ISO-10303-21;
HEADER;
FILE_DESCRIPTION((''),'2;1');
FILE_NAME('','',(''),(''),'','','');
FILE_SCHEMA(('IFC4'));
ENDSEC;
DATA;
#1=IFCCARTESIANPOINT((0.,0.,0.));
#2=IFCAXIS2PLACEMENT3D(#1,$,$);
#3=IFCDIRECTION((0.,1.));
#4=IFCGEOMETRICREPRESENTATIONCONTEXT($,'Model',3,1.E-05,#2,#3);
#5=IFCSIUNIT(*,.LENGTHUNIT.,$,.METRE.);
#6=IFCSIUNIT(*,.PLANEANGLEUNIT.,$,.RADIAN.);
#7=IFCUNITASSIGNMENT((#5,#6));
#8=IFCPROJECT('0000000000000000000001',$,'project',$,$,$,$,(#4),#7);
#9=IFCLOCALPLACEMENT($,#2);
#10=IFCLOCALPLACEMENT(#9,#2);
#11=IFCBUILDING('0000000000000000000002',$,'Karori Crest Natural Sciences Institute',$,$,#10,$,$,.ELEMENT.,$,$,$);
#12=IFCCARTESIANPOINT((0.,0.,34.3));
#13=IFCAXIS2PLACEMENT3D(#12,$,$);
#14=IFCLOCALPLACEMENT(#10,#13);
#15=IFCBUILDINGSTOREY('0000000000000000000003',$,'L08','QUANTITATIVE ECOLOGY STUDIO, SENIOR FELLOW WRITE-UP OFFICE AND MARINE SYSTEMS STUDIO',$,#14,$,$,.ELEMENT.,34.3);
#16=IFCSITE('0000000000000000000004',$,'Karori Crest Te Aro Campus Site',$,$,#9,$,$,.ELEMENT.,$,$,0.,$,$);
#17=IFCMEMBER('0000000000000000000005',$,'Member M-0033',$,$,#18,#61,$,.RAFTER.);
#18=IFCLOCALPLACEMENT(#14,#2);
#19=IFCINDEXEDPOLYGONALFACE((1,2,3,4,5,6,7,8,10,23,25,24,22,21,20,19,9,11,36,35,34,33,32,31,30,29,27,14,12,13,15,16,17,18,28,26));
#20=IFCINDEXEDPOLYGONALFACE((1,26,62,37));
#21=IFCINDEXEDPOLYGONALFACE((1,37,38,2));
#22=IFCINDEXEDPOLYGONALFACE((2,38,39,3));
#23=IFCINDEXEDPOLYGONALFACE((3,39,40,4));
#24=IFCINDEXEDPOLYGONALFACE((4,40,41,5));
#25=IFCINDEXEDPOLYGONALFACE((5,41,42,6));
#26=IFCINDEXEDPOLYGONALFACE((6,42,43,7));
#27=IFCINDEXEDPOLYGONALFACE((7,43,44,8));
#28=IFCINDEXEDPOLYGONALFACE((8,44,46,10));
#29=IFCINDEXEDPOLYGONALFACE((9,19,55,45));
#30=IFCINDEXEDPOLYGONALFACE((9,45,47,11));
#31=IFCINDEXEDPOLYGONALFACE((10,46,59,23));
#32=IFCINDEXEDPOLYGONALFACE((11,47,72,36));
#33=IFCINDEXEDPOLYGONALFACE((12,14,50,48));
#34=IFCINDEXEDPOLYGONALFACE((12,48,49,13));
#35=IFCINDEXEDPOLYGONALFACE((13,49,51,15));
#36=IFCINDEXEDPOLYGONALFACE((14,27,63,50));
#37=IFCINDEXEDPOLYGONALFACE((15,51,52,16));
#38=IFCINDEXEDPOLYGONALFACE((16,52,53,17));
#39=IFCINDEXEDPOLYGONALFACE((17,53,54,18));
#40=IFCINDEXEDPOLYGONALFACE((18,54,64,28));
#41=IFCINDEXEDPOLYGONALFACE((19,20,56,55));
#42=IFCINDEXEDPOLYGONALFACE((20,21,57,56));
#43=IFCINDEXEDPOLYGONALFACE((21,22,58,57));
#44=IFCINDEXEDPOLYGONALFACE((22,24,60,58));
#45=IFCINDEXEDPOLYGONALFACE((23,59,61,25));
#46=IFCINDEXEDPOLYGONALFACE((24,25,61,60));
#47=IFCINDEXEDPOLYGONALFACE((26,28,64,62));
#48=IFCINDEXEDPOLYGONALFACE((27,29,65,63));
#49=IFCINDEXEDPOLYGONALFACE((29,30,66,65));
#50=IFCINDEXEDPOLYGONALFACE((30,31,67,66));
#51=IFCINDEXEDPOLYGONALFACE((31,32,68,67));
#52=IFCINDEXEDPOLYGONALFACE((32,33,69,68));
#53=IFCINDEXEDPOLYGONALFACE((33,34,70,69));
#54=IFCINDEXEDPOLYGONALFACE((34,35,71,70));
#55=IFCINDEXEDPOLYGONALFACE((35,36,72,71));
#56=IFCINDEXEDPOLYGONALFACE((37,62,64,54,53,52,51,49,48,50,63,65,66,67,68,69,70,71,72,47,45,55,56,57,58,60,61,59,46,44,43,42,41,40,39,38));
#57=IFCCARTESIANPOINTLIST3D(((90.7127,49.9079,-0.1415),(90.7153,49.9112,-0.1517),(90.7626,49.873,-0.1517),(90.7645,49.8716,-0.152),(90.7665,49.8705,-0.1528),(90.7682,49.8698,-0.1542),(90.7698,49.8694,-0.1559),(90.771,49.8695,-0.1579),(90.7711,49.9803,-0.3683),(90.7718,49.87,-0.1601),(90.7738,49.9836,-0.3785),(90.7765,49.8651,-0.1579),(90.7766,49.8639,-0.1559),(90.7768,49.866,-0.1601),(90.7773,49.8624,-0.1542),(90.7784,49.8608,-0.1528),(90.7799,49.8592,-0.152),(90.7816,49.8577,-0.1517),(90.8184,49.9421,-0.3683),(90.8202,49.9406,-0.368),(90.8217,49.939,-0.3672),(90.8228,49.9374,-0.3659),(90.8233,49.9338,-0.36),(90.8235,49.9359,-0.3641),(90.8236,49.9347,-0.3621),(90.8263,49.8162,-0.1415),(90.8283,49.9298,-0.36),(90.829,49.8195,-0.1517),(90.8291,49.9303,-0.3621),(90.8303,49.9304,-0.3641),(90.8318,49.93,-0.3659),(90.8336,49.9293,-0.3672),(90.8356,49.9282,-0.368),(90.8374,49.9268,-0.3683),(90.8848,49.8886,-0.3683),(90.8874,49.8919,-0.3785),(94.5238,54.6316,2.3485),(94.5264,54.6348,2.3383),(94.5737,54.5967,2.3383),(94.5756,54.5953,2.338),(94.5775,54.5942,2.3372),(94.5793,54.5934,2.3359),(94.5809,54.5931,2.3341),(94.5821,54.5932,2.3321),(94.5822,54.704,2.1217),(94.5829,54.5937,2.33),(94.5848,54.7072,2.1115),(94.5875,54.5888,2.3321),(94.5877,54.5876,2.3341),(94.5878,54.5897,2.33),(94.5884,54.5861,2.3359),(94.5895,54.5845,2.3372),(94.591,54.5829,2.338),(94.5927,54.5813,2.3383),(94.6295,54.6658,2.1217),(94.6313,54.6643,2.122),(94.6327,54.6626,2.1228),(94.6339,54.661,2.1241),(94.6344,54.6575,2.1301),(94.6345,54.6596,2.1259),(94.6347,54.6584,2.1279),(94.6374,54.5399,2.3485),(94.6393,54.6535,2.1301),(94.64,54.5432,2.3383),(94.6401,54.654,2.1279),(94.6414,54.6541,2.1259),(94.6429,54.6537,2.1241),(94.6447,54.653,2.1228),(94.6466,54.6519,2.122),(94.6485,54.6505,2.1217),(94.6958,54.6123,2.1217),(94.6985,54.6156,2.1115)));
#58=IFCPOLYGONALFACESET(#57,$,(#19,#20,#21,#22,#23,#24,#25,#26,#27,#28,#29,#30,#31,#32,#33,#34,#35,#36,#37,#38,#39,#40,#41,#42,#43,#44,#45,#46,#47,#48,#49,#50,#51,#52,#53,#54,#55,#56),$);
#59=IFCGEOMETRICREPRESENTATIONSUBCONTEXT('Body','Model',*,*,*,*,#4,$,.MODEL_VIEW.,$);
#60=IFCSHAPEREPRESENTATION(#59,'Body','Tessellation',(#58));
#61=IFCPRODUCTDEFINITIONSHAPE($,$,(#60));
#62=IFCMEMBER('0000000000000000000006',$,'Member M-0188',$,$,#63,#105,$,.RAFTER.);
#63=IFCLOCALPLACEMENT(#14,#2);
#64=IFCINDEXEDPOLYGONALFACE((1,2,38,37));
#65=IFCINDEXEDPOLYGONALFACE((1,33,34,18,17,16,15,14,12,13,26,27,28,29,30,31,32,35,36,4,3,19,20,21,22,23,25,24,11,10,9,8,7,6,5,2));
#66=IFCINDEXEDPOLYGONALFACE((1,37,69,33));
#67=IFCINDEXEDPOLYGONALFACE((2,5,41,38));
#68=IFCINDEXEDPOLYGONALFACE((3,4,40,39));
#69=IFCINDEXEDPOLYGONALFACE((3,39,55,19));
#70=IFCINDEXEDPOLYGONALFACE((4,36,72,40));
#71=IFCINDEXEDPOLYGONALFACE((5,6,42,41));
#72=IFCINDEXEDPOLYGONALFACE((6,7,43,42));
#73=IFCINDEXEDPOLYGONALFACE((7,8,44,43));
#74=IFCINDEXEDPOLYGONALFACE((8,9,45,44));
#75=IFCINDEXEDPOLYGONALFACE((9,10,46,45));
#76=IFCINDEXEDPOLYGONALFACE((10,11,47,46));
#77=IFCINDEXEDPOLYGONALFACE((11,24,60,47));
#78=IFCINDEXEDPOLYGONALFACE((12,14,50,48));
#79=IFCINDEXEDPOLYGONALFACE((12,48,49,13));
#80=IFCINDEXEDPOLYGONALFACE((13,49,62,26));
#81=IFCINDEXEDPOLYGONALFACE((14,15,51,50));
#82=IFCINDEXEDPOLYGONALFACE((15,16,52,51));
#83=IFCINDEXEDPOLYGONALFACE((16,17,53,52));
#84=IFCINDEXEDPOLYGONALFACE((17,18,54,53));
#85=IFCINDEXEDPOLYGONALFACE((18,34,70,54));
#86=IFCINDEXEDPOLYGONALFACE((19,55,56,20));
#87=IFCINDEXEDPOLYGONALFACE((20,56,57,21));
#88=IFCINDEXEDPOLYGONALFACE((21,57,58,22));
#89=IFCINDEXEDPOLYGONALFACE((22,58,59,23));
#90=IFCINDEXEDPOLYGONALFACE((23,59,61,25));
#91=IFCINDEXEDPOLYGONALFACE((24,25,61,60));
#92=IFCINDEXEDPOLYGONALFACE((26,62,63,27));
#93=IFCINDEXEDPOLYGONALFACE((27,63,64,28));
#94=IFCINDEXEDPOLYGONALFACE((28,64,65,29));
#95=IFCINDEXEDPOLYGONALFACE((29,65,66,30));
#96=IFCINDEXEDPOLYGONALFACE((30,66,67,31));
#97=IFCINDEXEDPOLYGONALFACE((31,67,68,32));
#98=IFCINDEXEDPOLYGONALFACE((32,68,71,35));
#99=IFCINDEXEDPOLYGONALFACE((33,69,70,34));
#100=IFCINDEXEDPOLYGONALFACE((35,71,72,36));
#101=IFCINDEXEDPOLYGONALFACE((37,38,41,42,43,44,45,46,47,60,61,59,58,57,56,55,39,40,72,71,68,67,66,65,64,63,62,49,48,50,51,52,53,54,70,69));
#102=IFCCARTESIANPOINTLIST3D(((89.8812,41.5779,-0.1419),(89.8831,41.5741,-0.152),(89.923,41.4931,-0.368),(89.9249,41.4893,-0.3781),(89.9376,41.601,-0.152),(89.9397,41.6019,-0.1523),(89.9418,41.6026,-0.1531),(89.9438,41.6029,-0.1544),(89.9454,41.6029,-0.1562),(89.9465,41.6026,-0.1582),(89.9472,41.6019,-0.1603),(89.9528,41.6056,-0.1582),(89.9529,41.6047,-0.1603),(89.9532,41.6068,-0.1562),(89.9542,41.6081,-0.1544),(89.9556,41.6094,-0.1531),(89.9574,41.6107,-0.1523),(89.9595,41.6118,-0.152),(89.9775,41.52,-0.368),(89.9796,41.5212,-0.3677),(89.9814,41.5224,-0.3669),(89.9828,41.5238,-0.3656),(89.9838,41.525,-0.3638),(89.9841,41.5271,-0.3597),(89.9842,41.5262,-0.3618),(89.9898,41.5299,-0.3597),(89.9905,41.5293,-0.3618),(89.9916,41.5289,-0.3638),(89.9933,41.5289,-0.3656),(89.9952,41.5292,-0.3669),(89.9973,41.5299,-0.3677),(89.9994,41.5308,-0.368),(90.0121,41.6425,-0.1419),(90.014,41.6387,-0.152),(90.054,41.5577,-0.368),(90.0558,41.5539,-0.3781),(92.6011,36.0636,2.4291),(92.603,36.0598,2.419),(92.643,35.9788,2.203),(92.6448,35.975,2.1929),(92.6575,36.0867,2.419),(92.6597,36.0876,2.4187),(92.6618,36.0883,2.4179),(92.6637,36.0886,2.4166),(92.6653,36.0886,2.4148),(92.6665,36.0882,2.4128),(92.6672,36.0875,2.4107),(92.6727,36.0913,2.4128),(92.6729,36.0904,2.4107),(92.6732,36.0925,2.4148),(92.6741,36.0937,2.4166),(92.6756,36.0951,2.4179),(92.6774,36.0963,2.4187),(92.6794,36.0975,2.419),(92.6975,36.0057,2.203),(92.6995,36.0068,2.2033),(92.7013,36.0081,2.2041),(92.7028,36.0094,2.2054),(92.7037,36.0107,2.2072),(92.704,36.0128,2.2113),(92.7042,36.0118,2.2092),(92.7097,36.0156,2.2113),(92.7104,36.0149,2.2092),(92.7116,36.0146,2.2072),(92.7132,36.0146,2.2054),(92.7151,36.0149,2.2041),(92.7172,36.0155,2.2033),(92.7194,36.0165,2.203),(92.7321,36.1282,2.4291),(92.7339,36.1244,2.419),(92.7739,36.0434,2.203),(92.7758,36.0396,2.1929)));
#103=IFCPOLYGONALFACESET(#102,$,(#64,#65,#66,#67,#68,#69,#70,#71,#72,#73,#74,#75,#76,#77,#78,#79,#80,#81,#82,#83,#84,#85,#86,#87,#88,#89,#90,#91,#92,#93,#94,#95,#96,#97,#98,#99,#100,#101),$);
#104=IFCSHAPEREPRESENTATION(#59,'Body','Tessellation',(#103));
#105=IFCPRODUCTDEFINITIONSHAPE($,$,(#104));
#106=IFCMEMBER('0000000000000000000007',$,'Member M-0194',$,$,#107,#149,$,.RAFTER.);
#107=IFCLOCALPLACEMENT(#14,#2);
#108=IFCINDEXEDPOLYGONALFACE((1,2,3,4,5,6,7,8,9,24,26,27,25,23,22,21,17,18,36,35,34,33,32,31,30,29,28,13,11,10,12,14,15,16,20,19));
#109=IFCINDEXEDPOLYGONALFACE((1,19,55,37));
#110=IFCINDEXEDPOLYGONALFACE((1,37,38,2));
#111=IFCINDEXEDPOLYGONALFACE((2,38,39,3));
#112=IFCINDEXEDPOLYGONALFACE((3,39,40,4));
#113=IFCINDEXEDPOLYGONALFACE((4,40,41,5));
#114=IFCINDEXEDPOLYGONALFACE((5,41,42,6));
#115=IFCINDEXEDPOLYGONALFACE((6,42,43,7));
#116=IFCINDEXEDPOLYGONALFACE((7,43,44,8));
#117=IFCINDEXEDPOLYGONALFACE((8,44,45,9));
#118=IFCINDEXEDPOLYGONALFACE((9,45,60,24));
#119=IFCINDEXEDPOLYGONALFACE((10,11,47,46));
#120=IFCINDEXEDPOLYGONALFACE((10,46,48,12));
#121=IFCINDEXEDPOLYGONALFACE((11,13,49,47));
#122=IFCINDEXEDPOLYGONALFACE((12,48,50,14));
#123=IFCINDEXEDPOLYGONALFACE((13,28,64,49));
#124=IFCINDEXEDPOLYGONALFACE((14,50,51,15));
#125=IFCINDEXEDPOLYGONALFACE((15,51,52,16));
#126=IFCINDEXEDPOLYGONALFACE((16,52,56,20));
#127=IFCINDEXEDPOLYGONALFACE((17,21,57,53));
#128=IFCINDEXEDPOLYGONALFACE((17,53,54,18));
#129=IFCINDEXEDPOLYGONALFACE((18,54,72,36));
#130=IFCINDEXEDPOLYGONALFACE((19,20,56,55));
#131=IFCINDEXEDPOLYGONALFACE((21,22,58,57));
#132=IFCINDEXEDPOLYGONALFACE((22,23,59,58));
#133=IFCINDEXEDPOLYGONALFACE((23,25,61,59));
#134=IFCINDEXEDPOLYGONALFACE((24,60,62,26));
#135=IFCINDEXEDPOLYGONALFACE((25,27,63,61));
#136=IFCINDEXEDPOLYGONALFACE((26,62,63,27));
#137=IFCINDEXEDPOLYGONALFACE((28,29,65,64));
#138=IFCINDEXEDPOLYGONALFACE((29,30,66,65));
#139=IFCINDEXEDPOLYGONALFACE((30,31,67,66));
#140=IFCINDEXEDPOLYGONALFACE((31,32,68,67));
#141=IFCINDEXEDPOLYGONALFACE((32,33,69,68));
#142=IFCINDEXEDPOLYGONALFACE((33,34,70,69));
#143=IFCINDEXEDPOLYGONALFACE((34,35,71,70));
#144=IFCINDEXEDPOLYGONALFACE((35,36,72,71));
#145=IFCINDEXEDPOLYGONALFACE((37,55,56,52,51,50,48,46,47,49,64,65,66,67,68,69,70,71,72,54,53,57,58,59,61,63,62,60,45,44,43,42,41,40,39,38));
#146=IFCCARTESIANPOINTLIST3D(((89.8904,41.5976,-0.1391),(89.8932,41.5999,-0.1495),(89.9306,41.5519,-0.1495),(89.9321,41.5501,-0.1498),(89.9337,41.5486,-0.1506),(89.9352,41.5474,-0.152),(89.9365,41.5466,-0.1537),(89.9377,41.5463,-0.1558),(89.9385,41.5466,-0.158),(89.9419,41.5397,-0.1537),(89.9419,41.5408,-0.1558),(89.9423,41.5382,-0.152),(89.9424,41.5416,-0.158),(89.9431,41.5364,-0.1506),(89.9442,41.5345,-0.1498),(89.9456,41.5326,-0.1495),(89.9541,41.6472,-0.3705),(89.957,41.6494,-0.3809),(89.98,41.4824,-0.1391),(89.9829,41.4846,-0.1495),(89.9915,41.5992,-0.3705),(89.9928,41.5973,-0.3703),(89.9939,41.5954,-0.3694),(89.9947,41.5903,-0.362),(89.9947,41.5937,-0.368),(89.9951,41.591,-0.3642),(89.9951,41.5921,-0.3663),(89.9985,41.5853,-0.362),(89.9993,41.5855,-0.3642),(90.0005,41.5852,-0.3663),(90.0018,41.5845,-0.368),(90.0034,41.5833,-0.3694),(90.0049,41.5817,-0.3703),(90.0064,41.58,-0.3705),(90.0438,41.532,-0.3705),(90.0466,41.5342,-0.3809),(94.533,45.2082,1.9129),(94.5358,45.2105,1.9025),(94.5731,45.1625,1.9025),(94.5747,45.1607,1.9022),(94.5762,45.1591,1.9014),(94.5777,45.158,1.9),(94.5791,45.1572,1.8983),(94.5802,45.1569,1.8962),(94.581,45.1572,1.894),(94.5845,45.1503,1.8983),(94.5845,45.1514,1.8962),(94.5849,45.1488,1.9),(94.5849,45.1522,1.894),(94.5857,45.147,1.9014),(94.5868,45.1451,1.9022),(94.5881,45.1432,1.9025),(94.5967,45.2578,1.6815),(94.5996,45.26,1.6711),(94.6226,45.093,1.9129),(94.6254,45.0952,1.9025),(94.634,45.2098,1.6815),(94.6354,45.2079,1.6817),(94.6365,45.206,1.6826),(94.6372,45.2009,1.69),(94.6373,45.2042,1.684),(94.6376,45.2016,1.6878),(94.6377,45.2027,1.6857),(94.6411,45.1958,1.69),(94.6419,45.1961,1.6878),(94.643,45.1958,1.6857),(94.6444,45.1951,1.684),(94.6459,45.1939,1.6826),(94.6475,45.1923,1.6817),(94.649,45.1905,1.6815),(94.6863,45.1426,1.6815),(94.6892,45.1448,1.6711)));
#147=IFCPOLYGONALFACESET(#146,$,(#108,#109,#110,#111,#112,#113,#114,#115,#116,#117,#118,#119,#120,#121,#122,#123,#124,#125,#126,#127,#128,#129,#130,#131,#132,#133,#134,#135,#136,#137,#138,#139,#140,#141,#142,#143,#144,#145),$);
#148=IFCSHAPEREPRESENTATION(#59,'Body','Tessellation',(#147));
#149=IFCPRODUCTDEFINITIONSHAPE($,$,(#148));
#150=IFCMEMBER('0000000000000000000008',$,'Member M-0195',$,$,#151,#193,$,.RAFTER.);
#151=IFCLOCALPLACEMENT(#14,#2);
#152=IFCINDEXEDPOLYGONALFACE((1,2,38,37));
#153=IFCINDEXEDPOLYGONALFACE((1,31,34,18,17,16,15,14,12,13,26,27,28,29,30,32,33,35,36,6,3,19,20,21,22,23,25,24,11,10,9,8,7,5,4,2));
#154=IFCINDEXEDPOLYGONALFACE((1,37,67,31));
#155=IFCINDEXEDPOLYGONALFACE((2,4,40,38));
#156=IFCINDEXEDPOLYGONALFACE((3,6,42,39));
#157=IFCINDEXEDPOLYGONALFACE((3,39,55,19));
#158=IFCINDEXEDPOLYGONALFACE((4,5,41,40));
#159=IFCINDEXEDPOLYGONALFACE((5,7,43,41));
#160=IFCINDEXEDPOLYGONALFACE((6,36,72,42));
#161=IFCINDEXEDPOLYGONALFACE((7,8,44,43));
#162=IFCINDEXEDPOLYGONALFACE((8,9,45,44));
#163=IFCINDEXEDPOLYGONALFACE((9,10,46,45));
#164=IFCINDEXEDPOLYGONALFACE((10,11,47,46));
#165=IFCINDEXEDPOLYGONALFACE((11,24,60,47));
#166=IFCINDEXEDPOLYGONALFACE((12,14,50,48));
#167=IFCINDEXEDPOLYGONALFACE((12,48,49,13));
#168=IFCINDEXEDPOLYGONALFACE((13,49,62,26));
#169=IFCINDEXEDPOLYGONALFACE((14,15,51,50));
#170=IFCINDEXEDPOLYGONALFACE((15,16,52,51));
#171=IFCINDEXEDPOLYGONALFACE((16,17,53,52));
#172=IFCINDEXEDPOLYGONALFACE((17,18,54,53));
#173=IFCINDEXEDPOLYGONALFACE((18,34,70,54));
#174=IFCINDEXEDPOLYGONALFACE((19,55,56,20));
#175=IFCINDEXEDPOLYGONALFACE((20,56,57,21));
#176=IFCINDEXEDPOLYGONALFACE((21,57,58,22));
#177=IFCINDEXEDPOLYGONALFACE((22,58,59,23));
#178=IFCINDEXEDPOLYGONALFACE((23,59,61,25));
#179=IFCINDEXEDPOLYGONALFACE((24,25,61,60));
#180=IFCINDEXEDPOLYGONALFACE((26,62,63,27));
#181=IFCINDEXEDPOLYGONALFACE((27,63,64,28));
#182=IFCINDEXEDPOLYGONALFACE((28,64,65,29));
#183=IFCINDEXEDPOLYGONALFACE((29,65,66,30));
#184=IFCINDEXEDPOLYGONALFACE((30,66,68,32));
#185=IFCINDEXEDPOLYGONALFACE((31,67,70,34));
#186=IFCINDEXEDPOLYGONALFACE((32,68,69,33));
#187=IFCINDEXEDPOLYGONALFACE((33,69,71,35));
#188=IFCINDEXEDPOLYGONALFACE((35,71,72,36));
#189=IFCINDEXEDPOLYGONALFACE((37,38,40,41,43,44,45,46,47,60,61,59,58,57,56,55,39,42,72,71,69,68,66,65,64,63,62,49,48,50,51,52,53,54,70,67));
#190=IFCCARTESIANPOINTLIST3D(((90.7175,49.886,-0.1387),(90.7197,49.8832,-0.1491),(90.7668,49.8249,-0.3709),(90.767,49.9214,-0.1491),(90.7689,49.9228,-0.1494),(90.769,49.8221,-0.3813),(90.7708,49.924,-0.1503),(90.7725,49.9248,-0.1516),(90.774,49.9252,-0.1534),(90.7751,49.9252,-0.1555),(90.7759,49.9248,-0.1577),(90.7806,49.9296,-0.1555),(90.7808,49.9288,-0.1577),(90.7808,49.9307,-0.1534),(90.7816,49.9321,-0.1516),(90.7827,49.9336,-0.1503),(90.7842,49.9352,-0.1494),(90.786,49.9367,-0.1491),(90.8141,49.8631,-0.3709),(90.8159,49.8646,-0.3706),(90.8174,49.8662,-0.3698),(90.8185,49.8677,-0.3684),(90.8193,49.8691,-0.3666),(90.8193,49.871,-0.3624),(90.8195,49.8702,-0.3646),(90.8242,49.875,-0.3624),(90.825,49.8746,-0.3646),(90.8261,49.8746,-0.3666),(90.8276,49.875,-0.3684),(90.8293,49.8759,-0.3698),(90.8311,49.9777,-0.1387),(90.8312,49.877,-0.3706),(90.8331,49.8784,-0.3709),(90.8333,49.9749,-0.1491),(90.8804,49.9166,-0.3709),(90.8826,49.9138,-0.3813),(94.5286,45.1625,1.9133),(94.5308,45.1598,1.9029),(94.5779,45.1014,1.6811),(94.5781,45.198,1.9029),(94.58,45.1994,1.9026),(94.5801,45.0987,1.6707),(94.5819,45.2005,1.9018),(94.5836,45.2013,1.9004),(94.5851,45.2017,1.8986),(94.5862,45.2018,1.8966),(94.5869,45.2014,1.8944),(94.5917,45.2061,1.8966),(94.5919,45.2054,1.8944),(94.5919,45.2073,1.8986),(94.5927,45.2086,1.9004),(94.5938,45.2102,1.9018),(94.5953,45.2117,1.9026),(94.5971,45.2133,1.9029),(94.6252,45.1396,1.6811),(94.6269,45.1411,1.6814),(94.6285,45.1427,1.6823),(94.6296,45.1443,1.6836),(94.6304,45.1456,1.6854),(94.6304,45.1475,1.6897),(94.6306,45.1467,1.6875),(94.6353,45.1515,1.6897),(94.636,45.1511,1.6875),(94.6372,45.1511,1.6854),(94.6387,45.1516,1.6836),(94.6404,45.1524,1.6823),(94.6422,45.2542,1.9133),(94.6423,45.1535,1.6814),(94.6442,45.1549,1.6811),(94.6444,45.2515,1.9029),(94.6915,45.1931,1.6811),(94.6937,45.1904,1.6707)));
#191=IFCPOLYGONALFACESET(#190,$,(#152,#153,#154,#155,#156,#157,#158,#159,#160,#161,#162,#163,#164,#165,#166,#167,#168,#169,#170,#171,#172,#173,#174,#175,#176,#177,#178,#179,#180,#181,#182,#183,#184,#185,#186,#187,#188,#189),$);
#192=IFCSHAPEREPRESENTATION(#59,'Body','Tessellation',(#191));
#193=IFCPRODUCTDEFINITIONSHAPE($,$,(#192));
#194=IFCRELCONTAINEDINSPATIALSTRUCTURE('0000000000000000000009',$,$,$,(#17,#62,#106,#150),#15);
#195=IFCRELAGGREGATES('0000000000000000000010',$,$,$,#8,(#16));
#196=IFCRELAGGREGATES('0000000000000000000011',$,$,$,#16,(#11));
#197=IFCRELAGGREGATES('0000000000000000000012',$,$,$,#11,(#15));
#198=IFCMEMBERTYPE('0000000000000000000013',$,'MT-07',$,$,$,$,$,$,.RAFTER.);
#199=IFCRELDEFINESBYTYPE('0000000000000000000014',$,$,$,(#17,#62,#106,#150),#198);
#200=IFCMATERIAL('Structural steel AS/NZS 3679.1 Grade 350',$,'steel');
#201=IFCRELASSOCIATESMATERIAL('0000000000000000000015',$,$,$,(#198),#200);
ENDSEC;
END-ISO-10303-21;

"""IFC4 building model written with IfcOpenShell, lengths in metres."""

from ifc_helpers import new_model, si_unit, direction, frame, origin, origin_2d, place, context, subcontext, project, spatial, i_section, extrude, material, material_profile, profile_set, type_object, element, save


model = new_model("IFC4")

# Units and contexts
model_context = context("Model", 3, precision=1e-05, world=origin(), true_north=direction((0.0, 1.0)))
body_context = subcontext(model_context, "Body", "Model", "MODEL_VIEW")
ifc_project = project(units=[si_unit("LENGTHUNIT", "METRE"), si_unit("PLANEANGLEUNIT", "RADIAN")], contexts=[model_context])

# Site, building, storey
site_placement = place(None, origin())
site = spatial("IfcSite", under=ifc_project, at=site_placement, Name="Karori Crest Te Aro Campus Site", CompositionType="ELEMENT", RefElevation=0.0)
building_placement = place(site_placement, origin())
building = spatial("IfcBuilding", under=site, at=building_placement, Name="Karori Crest Natural Sciences Institute", CompositionType="ELEMENT")
storey_placement = place(building_placement, frame((0.0, 0.0, 34.3)))
storey = spatial("IfcBuildingStorey", under=building, at=storey_placement, Name="L08", Description="QUANTITATIVE ECOLOGY STUDIO, SENIOR FELLOW WRITE-UP OFFICE AND MARINE SYSTEMS STUDIO", CompositionType="ELEMENT", Elevation=34.3)

# Members
ifc_material_1 = material(Name="Structural steel AS/NZS 3679.1 Grade 350", Category="steel")
ifc_material_profile_1 = material_profile(ifc_material_1, i_section(OverallWidth=0.146, OverallDepth=0.2561, WebThickness=0.0063, FlangeThickness=0.011, FilletRadius=0.009, at=origin_2d()), Name="250UB37.3")
ifc_profile_set_1 = profile_set([ifc_material_profile_1], Name="Structural steel AS/NZS 3679.1 Grade 350")
member_type_1 = type_object("IfcMemberType", Name="MT-07", PredefinedType="RAFTER", material=ifc_profile_set_1)
member_1_placement = place(storey_placement, frame((90.8, 49.8999, -0.26), z_axis=(0.580929, 0.72004, 0.379558), x_axis=(-0.77828, 0.627918, 0.0)))
element("IfcMember", 1, at=member_1_placement, inside=storey, type_object=member_type_1, Name="Member M-0033", PredefinedType="RAFTER", context=body_context, shape_type="SweptSolid", body=[
    extrude(i_section(OverallWidth=0.146, OverallDepth=0.2561, WebThickness=0.0063, FlangeThickness=0.011, FilletRadius=0.009, at=origin_2d()), origin(), (0.0, 0.0, 1.0), 6.5603),
])
member_2_placement = place(storey_placement, frame((89.9685, 41.5659, -0.26), z_axis=(0.408121, -0.827415, 0.385775), x_axis=(0.896836, 0.442363, 0.0)))
element("IfcMember", 2, at=member_2_placement, inside=storey, type_object=member_type_1, Name="Member M-0188", PredefinedType="RAFTER", context=body_context, shape_type="SweptSolid", body=[
    extrude(i_section(OverallWidth=0.146, OverallDepth=0.2561, WebThickness=0.0063, FlangeThickness=0.011, FilletRadius=0.009, at=origin_2d()), origin(), (0.0, 0.0, 1.0), 6.6646),
])
member_3_placement = place(storey_placement, frame((89.9685, 41.5659, -0.26), z_axis=(0.745315, 0.579641, 0.329426), x_axis=(-0.613909, 0.789377, 0.0)))
element("IfcMember", 3, at=member_3_placement, inside=storey, type_object=member_type_1, Name="Member M-0194", PredefinedType="RAFTER", context=body_context, shape_type="SweptSolid", body=[
    extrude(i_section(OverallWidth=0.146, OverallDepth=0.2561, WebThickness=0.0063, FlangeThickness=0.011, FilletRadius=0.009, at=origin_2d()), origin(), (0.0, 0.0, 1.0), 6.229),
])
member_4_placement = place(storey_placement, frame((90.8, 49.8999, -0.26), z_axis=(0.594857, -0.737264, 0.320293), x_axis=(0.778264, 0.627937, 0.0)))
element("IfcMember", 4, at=member_4_placement, inside=storey, type_object=member_type_1, Name="Member M-0195", PredefinedType="RAFTER", context=body_context, shape_type="SweptSolid", body=[
    extrude(i_section(OverallWidth=0.146, OverallDepth=0.2561, WebThickness=0.0063, FlangeThickness=0.011, FilletRadius=0.009, at=origin_2d()), origin(), (0.0, 0.0, 1.0), 6.4067),
])

save(model, "model.ifc")
